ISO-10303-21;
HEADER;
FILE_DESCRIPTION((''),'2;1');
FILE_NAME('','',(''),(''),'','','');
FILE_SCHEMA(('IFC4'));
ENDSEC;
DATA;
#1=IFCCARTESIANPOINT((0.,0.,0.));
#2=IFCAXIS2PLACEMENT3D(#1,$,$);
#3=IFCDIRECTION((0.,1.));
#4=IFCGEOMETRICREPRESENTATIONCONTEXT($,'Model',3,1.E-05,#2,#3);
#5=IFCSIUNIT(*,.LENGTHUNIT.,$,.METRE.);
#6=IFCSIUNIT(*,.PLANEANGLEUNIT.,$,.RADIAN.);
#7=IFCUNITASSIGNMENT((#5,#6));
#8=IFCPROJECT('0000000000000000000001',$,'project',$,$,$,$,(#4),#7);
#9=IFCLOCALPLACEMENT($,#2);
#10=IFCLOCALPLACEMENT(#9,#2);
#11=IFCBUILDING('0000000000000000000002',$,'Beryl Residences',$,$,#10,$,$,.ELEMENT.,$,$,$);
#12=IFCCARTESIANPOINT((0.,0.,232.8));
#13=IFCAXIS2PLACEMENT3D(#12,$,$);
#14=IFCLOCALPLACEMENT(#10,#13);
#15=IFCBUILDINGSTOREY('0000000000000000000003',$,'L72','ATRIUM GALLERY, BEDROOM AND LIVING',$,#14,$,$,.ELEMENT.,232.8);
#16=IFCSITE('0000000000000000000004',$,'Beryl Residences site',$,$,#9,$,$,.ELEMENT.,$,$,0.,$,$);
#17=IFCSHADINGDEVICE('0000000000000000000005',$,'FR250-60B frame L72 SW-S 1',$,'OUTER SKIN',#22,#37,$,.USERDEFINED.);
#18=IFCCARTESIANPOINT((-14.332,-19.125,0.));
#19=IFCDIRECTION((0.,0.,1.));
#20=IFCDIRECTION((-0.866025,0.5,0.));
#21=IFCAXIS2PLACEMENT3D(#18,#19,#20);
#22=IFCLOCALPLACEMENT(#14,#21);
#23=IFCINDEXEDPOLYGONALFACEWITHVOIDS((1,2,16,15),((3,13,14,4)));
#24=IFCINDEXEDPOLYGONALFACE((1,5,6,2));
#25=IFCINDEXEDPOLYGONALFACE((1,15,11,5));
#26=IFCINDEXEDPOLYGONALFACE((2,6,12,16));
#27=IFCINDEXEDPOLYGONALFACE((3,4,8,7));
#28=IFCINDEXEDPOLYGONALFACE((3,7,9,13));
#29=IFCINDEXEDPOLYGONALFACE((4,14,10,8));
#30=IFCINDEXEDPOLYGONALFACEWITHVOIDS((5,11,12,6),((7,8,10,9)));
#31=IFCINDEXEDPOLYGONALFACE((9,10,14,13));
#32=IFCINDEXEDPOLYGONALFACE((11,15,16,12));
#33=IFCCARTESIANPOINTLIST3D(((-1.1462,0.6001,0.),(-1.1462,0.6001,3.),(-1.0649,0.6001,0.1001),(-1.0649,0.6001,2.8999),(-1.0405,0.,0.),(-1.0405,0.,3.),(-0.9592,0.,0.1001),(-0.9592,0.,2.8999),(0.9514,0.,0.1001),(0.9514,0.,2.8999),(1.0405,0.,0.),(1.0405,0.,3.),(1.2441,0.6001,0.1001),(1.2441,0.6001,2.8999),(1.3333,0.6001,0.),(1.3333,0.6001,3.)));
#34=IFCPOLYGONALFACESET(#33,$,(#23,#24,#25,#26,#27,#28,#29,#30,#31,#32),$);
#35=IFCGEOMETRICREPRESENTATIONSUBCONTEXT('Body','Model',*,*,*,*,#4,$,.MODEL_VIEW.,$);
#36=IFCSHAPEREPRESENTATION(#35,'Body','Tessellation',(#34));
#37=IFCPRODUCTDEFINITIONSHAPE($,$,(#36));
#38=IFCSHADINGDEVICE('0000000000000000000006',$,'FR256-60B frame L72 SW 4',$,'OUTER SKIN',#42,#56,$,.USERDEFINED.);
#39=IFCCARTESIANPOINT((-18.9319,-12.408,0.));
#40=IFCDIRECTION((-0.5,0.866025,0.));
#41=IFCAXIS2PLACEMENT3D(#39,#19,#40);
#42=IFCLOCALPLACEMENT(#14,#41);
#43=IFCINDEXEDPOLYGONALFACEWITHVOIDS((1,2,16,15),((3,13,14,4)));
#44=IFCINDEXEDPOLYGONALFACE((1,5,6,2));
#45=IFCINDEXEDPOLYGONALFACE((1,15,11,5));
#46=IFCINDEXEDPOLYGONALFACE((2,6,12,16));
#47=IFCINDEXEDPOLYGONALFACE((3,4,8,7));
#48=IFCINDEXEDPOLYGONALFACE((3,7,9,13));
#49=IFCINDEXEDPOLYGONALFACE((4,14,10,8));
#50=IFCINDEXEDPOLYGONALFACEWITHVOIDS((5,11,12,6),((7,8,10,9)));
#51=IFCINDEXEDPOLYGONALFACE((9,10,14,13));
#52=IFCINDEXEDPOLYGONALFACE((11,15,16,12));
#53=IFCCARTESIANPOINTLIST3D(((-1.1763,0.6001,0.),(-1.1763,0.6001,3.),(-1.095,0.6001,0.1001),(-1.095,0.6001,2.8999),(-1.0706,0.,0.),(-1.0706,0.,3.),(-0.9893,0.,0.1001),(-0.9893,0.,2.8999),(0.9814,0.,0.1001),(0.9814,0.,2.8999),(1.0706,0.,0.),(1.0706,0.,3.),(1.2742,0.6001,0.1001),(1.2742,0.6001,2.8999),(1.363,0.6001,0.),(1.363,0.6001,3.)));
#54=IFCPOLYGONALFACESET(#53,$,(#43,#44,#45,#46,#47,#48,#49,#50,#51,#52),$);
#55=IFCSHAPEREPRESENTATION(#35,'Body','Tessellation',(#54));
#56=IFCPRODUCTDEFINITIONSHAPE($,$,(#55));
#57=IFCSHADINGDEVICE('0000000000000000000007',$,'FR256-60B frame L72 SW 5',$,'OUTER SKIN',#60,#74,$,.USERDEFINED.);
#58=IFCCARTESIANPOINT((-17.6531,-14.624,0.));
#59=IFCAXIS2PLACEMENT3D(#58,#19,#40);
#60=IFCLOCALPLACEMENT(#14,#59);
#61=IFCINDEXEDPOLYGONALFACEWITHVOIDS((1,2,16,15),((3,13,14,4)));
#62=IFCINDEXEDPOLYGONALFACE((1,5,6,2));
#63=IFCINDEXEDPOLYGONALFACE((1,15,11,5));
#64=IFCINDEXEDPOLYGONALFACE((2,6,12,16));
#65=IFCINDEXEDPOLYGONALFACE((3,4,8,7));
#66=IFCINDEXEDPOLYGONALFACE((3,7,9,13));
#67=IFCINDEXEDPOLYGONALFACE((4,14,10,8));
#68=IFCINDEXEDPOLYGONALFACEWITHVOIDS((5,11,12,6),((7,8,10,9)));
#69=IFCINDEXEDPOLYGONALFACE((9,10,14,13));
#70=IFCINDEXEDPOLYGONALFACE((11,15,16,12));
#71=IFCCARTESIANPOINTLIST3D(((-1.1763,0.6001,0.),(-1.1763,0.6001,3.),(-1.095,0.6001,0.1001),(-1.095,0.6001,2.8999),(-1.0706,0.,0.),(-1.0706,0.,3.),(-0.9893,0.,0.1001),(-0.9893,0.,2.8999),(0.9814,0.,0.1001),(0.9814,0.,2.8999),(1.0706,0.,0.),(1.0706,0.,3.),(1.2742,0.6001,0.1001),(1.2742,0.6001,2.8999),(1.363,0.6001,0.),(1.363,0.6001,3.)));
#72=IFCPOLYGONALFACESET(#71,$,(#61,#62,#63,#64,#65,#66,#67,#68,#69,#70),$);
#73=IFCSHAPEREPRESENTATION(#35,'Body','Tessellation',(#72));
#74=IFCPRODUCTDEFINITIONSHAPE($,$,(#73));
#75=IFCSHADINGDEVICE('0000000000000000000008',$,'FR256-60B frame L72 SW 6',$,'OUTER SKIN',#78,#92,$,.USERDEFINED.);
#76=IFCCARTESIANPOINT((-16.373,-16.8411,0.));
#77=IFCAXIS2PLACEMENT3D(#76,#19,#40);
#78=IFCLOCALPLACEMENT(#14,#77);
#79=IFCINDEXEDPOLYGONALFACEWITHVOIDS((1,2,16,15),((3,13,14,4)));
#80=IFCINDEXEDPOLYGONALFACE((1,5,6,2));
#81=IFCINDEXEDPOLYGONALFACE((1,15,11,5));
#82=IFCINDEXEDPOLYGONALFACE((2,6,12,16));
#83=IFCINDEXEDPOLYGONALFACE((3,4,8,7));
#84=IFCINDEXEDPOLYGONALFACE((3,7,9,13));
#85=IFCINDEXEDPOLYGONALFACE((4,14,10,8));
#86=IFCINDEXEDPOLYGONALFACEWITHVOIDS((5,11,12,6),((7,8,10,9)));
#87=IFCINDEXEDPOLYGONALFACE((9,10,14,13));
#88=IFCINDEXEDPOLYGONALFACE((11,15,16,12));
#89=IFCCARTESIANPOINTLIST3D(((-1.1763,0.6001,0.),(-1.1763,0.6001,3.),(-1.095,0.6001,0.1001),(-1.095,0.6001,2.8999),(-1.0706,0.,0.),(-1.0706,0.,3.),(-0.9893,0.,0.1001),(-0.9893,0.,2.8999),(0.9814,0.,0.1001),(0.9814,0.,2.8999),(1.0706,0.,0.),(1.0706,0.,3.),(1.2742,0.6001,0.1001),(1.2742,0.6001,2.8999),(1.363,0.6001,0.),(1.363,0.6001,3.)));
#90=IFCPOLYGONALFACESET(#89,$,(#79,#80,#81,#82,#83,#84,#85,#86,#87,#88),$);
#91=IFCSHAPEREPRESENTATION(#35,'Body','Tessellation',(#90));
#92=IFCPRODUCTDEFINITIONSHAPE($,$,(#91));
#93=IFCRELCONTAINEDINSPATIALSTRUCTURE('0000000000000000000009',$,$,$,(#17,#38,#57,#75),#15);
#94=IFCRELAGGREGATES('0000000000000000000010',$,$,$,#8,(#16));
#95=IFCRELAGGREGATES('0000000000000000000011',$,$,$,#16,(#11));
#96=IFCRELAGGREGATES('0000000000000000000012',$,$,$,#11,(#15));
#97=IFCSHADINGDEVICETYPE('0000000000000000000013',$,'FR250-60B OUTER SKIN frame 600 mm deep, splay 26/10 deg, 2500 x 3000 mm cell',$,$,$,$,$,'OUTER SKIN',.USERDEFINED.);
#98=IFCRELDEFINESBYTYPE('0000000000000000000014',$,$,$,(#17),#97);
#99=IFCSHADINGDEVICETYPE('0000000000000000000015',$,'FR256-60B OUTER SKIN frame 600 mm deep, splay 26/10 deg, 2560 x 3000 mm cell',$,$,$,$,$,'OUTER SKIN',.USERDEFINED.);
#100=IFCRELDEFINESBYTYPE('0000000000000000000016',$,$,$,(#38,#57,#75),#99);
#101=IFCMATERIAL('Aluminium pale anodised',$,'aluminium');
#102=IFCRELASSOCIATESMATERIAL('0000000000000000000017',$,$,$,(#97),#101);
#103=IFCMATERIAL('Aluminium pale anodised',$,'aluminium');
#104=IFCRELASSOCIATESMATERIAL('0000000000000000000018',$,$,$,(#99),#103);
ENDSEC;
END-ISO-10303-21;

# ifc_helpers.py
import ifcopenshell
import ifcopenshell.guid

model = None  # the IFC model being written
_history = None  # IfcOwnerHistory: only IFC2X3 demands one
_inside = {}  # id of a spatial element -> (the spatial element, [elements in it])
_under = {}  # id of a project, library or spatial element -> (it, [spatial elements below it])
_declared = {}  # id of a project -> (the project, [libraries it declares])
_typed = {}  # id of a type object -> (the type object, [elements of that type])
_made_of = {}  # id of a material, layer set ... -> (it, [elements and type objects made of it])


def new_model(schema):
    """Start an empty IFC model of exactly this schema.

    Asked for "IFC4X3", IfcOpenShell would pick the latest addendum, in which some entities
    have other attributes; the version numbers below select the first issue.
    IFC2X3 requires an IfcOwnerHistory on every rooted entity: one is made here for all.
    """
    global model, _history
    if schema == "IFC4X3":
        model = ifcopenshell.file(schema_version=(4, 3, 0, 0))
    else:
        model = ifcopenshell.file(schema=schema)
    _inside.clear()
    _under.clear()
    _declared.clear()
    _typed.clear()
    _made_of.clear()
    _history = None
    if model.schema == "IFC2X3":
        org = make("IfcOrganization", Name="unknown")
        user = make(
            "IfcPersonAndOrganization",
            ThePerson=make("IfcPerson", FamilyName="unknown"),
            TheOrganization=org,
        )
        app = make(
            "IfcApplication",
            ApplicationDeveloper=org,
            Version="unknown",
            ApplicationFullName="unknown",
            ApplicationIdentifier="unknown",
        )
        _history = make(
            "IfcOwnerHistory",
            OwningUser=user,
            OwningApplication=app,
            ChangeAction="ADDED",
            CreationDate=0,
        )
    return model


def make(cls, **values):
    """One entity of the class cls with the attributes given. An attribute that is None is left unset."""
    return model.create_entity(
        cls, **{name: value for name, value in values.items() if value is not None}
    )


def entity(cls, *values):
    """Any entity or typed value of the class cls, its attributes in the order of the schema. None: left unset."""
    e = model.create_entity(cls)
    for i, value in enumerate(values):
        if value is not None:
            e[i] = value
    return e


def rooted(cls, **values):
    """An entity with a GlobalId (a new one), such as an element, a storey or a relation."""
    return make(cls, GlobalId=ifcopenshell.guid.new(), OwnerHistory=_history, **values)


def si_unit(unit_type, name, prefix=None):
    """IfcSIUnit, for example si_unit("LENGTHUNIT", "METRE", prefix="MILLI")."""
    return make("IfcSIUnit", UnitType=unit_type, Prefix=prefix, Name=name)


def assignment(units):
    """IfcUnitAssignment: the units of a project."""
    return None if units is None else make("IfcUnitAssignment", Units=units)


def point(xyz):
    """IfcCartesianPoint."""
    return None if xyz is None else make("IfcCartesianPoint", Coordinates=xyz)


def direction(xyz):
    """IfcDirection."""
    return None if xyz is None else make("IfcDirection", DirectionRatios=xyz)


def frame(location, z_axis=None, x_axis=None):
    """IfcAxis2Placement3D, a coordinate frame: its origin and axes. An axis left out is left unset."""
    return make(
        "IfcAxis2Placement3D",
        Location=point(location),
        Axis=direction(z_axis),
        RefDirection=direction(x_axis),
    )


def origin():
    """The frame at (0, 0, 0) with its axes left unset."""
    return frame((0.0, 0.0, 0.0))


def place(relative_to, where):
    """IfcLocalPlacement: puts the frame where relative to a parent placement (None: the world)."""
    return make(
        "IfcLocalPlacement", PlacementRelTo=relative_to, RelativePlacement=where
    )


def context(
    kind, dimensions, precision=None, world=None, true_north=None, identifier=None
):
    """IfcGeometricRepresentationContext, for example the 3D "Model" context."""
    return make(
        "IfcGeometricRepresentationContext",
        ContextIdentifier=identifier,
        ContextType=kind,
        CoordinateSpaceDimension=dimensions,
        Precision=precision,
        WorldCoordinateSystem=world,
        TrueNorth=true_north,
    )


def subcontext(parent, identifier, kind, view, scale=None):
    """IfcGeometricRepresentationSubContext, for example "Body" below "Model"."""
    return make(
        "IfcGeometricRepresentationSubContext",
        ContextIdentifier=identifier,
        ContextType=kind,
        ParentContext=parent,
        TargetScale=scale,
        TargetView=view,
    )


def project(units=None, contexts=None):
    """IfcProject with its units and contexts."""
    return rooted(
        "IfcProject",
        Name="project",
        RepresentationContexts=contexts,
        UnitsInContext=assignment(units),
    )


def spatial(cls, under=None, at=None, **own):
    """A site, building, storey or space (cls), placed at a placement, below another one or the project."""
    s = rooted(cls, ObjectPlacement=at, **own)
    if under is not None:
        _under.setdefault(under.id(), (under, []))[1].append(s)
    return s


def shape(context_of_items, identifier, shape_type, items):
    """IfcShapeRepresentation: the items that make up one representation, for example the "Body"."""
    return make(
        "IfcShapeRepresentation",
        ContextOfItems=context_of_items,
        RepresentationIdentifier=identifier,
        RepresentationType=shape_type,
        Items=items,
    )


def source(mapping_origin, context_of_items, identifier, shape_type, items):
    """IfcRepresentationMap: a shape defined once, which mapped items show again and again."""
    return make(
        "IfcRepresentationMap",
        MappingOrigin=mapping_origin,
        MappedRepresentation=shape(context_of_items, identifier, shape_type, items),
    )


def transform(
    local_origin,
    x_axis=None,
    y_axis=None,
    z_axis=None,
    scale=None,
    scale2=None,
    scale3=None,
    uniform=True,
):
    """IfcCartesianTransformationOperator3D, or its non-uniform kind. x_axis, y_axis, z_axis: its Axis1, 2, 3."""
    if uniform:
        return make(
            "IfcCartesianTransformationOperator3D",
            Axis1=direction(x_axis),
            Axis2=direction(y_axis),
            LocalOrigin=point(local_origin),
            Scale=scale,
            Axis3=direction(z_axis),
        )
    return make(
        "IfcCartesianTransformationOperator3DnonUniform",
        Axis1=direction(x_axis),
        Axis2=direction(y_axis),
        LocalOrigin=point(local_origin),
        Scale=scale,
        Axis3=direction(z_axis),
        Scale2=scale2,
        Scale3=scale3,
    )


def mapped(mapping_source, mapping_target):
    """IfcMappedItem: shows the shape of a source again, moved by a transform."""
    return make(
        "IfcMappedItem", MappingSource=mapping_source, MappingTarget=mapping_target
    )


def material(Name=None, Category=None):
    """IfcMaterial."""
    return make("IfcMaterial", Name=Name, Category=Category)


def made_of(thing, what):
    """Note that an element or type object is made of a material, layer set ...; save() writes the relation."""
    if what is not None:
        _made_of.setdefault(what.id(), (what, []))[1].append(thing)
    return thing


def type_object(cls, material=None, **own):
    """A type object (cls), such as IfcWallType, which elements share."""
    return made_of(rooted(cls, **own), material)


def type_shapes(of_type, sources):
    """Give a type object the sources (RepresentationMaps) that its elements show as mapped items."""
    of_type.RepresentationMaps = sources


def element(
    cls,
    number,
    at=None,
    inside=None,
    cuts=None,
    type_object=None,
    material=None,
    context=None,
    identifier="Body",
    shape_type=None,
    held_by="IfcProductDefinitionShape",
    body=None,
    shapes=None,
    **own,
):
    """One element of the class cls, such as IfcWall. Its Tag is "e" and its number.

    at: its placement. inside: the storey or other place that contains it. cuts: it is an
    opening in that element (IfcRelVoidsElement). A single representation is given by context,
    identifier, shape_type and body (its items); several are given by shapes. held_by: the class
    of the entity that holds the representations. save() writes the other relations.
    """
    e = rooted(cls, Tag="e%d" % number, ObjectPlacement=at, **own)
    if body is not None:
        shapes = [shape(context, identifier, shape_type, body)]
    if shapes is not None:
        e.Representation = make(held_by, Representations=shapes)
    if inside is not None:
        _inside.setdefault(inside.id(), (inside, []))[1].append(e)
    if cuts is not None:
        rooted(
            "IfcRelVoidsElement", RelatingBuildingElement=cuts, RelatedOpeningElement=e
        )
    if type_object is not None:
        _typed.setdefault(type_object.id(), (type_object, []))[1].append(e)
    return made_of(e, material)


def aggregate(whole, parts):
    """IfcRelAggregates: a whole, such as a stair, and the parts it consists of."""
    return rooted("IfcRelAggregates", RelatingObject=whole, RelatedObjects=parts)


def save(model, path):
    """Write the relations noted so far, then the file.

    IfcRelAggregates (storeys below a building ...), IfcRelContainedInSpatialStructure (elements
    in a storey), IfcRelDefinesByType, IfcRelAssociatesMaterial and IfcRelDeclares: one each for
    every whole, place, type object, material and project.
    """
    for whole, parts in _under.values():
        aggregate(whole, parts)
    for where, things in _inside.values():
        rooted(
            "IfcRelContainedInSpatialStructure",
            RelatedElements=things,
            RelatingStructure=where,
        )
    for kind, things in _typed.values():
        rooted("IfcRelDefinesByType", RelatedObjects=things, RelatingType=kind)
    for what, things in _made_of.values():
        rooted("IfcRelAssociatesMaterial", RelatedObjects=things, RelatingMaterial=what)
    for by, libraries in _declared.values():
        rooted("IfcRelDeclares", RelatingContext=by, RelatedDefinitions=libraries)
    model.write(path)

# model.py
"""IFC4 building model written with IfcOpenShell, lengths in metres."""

from ifc_helpers import new_model, entity, si_unit, direction, frame, origin, place, context, subcontext, project, spatial, source, transform, mapped, material, type_object, type_shapes, element, save


model = new_model("IFC4")

# Units and contexts
model_context = context("Model", 3, precision=1e-05, world=origin(), true_north=direction((0.0, 1.0)))
body_context = subcontext(model_context, "Body", "Model", "MODEL_VIEW")
ifc_project = project(units=[si_unit("LENGTHUNIT", "METRE"), si_unit("PLANEANGLEUNIT", "RADIAN")], contexts=[model_context])

# Site, building, storey
site_placement = place(None, origin())
site = spatial("IfcSite", under=ifc_project, at=site_placement, Name="Beryl Residences site", CompositionType="ELEMENT", RefElevation=0.0)
building_placement = place(site_placement, origin())
building = spatial("IfcBuilding", under=site, at=building_placement, Name="Beryl Residences", CompositionType="ELEMENT")
storey_placement = place(building_placement, frame((0.0, 0.0, 232.8)))
storey = spatial("IfcBuildingStorey", under=building, at=storey_placement, Name="L72", Description="ATRIUM GALLERY, BEDROOM AND LIVING", CompositionType="ELEMENT", Elevation=232.8)

# Shading devices
ifc_material_1 = material(Name="Aluminium pale anodised", Category="aluminium")
shading_device_type_1 = type_object("IfcShadingDeviceType", Name="FR250-60B OUTER SKIN frame 600 mm deep, splay 26/10 deg, 2500 x 3000 mm cell", ElementType="OUTER SKIN", PredefinedType="USERDEFINED", material=ifc_material_1)
cartesian_point_1 = entity("IfcCartesianPoint", [-1.0405, 0.0])
cartesian_point_2 = entity("IfcCartesianPoint", [-0.9514, 0.1001])
cartesian_point_3 = entity("IfcCartesianPoint", [-1.3333, 0.0])
cartesian_point_4 = entity("IfcCartesianPoint", [-1.2441, 0.1001])
shared_shape_1 = source(origin(), body_context, "Body", "SweptSolid", [
    entity("IfcExtrudedAreaSolidTapered", entity("IfcArbitraryProfileDefWithVoids", "AREA", None, entity("IfcPolyline", [cartesian_point_1, entity("IfcCartesianPoint", [1.0405, 0.0]), entity("IfcCartesianPoint", [1.0405, 3.0]), entity("IfcCartesianPoint", [-1.0405, 3.0]), cartesian_point_1]), [entity("IfcPolyline", [cartesian_point_2, entity("IfcCartesianPoint", [0.9592, 0.1001]), entity("IfcCartesianPoint", [0.9592, 2.8999]), entity("IfcCartesianPoint", [-0.9514, 2.8999]), cartesian_point_2])]), entity("IfcAxis2Placement3D", entity("IfcCartesianPoint", [0.0, 0.0, 0.0]), entity("IfcDirection", [0.0, 1.0, 0.0]), entity("IfcDirection", [-1.0, 0.0, 0.0])), entity("IfcDirection", [0.0, 0.0, 1.0]), 0.6001, entity("IfcArbitraryProfileDefWithVoids", "AREA", None, entity("IfcPolyline", [cartesian_point_3, entity("IfcCartesianPoint", [1.1462, 0.0]), entity("IfcCartesianPoint", [1.1462, 3.0]), entity("IfcCartesianPoint", [-1.3333, 3.0]), cartesian_point_3]), [entity("IfcPolyline", [cartesian_point_4, entity("IfcCartesianPoint", [1.0649, 0.1001]), entity("IfcCartesianPoint", [1.0649, 2.8999]), entity("IfcCartesianPoint", [-1.2441, 2.8999]), cartesian_point_4])])),
])
type_shapes(shading_device_type_1, [shared_shape_1])
shading_device_placement = place(storey_placement, frame((-14.332, -19.125, 0.0), z_axis=(0.0, 0.0, 1.0), x_axis=(-0.866025, 0.5, 0.0)))
element("IfcShadingDevice", 1, at=shading_device_placement, inside=storey, type_object=shading_device_type_1, Name="FR250-60B frame L72 SW-S 1", ObjectType="OUTER SKIN", PredefinedType="USERDEFINED", context=body_context, shape_type="MappedRepresentation", body=[
    mapped(shared_shape_1, transform((0.0, 0.0, 0.0))),
])
ifc_material_2 = material(Name="Aluminium pale anodised", Category="aluminium")
shading_device_type_2 = type_object("IfcShadingDeviceType", Name="FR256-60B OUTER SKIN frame 600 mm deep, splay 26/10 deg, 2560 x 3000 mm cell", ElementType="OUTER SKIN", PredefinedType="USERDEFINED", material=ifc_material_2)
cartesian_point_5 = entity("IfcCartesianPoint", [-1.0706, 0.0])
cartesian_point_6 = entity("IfcCartesianPoint", [-0.9814, 0.1001])
cartesian_point_7 = entity("IfcCartesianPoint", [-1.363, 0.0])
cartesian_point_8 = entity("IfcCartesianPoint", [-1.2742, 0.1001])
shared_shape_2 = source(origin(), body_context, "Body", "SweptSolid", [
    entity("IfcExtrudedAreaSolidTapered", entity("IfcArbitraryProfileDefWithVoids", "AREA", None, entity("IfcPolyline", [cartesian_point_5, entity("IfcCartesianPoint", [1.0706, 0.0]), entity("IfcCartesianPoint", [1.0706, 3.0]), entity("IfcCartesianPoint", [-1.0706, 3.0]), cartesian_point_5]), [entity("IfcPolyline", [cartesian_point_6, entity("IfcCartesianPoint", [0.9893, 0.1001]), entity("IfcCartesianPoint", [0.9893, 2.8999]), entity("IfcCartesianPoint", [-0.9814, 2.8999]), cartesian_point_6])]), entity("IfcAxis2Placement3D", entity("IfcCartesianPoint", [0.0, 0.0, 0.0]), entity("IfcDirection", [0.0, 1.0, 0.0]), entity("IfcDirection", [-1.0, 0.0, 0.0])), entity("IfcDirection", [0.0, 0.0, 1.0]), 0.6001, entity("IfcArbitraryProfileDefWithVoids", "AREA", None, entity("IfcPolyline", [cartesian_point_7, entity("IfcCartesianPoint", [1.1763, 0.0]), entity("IfcCartesianPoint", [1.1763, 3.0]), entity("IfcCartesianPoint", [-1.363, 3.0]), cartesian_point_7]), [entity("IfcPolyline", [cartesian_point_8, entity("IfcCartesianPoint", [1.095, 0.1001]), entity("IfcCartesianPoint", [1.095, 2.8999]), entity("IfcCartesianPoint", [-1.2742, 2.8999]), cartesian_point_8])])),
])
type_shapes(shading_device_type_2, [shared_shape_2])
for number, where, z_axis, x_axis, name in (
    (2, (-18.9319, -12.408, 0.0), (0.0, 0.0, 1.0), (-0.5, 0.866025, 0.0), "FR256-60B frame L72 SW 4"),
    (3, (-17.6531, -14.624, 0.0), (0.0, 0.0, 1.0), (-0.5, 0.866025, 0.0), "FR256-60B frame L72 SW 5"),
    (4, (-16.373, -16.8411, 0.0), (0.0, 0.0, 1.0), (-0.5, 0.866025, 0.0), "FR256-60B frame L72 SW 6"),
):
    element("IfcShadingDevice", number, at=place(storey_placement, frame(where, z_axis=z_axis, x_axis=x_axis)), inside=storey, type_object=shading_device_type_2, Name=name, ObjectType="OUTER SKIN", PredefinedType="USERDEFINED", context=body_context, shape_type="MappedRepresentation", body=[
        mapped(shared_shape_2, transform((0.0, 0.0, 0.0))),
    ])

save(model, "model.ifc")
